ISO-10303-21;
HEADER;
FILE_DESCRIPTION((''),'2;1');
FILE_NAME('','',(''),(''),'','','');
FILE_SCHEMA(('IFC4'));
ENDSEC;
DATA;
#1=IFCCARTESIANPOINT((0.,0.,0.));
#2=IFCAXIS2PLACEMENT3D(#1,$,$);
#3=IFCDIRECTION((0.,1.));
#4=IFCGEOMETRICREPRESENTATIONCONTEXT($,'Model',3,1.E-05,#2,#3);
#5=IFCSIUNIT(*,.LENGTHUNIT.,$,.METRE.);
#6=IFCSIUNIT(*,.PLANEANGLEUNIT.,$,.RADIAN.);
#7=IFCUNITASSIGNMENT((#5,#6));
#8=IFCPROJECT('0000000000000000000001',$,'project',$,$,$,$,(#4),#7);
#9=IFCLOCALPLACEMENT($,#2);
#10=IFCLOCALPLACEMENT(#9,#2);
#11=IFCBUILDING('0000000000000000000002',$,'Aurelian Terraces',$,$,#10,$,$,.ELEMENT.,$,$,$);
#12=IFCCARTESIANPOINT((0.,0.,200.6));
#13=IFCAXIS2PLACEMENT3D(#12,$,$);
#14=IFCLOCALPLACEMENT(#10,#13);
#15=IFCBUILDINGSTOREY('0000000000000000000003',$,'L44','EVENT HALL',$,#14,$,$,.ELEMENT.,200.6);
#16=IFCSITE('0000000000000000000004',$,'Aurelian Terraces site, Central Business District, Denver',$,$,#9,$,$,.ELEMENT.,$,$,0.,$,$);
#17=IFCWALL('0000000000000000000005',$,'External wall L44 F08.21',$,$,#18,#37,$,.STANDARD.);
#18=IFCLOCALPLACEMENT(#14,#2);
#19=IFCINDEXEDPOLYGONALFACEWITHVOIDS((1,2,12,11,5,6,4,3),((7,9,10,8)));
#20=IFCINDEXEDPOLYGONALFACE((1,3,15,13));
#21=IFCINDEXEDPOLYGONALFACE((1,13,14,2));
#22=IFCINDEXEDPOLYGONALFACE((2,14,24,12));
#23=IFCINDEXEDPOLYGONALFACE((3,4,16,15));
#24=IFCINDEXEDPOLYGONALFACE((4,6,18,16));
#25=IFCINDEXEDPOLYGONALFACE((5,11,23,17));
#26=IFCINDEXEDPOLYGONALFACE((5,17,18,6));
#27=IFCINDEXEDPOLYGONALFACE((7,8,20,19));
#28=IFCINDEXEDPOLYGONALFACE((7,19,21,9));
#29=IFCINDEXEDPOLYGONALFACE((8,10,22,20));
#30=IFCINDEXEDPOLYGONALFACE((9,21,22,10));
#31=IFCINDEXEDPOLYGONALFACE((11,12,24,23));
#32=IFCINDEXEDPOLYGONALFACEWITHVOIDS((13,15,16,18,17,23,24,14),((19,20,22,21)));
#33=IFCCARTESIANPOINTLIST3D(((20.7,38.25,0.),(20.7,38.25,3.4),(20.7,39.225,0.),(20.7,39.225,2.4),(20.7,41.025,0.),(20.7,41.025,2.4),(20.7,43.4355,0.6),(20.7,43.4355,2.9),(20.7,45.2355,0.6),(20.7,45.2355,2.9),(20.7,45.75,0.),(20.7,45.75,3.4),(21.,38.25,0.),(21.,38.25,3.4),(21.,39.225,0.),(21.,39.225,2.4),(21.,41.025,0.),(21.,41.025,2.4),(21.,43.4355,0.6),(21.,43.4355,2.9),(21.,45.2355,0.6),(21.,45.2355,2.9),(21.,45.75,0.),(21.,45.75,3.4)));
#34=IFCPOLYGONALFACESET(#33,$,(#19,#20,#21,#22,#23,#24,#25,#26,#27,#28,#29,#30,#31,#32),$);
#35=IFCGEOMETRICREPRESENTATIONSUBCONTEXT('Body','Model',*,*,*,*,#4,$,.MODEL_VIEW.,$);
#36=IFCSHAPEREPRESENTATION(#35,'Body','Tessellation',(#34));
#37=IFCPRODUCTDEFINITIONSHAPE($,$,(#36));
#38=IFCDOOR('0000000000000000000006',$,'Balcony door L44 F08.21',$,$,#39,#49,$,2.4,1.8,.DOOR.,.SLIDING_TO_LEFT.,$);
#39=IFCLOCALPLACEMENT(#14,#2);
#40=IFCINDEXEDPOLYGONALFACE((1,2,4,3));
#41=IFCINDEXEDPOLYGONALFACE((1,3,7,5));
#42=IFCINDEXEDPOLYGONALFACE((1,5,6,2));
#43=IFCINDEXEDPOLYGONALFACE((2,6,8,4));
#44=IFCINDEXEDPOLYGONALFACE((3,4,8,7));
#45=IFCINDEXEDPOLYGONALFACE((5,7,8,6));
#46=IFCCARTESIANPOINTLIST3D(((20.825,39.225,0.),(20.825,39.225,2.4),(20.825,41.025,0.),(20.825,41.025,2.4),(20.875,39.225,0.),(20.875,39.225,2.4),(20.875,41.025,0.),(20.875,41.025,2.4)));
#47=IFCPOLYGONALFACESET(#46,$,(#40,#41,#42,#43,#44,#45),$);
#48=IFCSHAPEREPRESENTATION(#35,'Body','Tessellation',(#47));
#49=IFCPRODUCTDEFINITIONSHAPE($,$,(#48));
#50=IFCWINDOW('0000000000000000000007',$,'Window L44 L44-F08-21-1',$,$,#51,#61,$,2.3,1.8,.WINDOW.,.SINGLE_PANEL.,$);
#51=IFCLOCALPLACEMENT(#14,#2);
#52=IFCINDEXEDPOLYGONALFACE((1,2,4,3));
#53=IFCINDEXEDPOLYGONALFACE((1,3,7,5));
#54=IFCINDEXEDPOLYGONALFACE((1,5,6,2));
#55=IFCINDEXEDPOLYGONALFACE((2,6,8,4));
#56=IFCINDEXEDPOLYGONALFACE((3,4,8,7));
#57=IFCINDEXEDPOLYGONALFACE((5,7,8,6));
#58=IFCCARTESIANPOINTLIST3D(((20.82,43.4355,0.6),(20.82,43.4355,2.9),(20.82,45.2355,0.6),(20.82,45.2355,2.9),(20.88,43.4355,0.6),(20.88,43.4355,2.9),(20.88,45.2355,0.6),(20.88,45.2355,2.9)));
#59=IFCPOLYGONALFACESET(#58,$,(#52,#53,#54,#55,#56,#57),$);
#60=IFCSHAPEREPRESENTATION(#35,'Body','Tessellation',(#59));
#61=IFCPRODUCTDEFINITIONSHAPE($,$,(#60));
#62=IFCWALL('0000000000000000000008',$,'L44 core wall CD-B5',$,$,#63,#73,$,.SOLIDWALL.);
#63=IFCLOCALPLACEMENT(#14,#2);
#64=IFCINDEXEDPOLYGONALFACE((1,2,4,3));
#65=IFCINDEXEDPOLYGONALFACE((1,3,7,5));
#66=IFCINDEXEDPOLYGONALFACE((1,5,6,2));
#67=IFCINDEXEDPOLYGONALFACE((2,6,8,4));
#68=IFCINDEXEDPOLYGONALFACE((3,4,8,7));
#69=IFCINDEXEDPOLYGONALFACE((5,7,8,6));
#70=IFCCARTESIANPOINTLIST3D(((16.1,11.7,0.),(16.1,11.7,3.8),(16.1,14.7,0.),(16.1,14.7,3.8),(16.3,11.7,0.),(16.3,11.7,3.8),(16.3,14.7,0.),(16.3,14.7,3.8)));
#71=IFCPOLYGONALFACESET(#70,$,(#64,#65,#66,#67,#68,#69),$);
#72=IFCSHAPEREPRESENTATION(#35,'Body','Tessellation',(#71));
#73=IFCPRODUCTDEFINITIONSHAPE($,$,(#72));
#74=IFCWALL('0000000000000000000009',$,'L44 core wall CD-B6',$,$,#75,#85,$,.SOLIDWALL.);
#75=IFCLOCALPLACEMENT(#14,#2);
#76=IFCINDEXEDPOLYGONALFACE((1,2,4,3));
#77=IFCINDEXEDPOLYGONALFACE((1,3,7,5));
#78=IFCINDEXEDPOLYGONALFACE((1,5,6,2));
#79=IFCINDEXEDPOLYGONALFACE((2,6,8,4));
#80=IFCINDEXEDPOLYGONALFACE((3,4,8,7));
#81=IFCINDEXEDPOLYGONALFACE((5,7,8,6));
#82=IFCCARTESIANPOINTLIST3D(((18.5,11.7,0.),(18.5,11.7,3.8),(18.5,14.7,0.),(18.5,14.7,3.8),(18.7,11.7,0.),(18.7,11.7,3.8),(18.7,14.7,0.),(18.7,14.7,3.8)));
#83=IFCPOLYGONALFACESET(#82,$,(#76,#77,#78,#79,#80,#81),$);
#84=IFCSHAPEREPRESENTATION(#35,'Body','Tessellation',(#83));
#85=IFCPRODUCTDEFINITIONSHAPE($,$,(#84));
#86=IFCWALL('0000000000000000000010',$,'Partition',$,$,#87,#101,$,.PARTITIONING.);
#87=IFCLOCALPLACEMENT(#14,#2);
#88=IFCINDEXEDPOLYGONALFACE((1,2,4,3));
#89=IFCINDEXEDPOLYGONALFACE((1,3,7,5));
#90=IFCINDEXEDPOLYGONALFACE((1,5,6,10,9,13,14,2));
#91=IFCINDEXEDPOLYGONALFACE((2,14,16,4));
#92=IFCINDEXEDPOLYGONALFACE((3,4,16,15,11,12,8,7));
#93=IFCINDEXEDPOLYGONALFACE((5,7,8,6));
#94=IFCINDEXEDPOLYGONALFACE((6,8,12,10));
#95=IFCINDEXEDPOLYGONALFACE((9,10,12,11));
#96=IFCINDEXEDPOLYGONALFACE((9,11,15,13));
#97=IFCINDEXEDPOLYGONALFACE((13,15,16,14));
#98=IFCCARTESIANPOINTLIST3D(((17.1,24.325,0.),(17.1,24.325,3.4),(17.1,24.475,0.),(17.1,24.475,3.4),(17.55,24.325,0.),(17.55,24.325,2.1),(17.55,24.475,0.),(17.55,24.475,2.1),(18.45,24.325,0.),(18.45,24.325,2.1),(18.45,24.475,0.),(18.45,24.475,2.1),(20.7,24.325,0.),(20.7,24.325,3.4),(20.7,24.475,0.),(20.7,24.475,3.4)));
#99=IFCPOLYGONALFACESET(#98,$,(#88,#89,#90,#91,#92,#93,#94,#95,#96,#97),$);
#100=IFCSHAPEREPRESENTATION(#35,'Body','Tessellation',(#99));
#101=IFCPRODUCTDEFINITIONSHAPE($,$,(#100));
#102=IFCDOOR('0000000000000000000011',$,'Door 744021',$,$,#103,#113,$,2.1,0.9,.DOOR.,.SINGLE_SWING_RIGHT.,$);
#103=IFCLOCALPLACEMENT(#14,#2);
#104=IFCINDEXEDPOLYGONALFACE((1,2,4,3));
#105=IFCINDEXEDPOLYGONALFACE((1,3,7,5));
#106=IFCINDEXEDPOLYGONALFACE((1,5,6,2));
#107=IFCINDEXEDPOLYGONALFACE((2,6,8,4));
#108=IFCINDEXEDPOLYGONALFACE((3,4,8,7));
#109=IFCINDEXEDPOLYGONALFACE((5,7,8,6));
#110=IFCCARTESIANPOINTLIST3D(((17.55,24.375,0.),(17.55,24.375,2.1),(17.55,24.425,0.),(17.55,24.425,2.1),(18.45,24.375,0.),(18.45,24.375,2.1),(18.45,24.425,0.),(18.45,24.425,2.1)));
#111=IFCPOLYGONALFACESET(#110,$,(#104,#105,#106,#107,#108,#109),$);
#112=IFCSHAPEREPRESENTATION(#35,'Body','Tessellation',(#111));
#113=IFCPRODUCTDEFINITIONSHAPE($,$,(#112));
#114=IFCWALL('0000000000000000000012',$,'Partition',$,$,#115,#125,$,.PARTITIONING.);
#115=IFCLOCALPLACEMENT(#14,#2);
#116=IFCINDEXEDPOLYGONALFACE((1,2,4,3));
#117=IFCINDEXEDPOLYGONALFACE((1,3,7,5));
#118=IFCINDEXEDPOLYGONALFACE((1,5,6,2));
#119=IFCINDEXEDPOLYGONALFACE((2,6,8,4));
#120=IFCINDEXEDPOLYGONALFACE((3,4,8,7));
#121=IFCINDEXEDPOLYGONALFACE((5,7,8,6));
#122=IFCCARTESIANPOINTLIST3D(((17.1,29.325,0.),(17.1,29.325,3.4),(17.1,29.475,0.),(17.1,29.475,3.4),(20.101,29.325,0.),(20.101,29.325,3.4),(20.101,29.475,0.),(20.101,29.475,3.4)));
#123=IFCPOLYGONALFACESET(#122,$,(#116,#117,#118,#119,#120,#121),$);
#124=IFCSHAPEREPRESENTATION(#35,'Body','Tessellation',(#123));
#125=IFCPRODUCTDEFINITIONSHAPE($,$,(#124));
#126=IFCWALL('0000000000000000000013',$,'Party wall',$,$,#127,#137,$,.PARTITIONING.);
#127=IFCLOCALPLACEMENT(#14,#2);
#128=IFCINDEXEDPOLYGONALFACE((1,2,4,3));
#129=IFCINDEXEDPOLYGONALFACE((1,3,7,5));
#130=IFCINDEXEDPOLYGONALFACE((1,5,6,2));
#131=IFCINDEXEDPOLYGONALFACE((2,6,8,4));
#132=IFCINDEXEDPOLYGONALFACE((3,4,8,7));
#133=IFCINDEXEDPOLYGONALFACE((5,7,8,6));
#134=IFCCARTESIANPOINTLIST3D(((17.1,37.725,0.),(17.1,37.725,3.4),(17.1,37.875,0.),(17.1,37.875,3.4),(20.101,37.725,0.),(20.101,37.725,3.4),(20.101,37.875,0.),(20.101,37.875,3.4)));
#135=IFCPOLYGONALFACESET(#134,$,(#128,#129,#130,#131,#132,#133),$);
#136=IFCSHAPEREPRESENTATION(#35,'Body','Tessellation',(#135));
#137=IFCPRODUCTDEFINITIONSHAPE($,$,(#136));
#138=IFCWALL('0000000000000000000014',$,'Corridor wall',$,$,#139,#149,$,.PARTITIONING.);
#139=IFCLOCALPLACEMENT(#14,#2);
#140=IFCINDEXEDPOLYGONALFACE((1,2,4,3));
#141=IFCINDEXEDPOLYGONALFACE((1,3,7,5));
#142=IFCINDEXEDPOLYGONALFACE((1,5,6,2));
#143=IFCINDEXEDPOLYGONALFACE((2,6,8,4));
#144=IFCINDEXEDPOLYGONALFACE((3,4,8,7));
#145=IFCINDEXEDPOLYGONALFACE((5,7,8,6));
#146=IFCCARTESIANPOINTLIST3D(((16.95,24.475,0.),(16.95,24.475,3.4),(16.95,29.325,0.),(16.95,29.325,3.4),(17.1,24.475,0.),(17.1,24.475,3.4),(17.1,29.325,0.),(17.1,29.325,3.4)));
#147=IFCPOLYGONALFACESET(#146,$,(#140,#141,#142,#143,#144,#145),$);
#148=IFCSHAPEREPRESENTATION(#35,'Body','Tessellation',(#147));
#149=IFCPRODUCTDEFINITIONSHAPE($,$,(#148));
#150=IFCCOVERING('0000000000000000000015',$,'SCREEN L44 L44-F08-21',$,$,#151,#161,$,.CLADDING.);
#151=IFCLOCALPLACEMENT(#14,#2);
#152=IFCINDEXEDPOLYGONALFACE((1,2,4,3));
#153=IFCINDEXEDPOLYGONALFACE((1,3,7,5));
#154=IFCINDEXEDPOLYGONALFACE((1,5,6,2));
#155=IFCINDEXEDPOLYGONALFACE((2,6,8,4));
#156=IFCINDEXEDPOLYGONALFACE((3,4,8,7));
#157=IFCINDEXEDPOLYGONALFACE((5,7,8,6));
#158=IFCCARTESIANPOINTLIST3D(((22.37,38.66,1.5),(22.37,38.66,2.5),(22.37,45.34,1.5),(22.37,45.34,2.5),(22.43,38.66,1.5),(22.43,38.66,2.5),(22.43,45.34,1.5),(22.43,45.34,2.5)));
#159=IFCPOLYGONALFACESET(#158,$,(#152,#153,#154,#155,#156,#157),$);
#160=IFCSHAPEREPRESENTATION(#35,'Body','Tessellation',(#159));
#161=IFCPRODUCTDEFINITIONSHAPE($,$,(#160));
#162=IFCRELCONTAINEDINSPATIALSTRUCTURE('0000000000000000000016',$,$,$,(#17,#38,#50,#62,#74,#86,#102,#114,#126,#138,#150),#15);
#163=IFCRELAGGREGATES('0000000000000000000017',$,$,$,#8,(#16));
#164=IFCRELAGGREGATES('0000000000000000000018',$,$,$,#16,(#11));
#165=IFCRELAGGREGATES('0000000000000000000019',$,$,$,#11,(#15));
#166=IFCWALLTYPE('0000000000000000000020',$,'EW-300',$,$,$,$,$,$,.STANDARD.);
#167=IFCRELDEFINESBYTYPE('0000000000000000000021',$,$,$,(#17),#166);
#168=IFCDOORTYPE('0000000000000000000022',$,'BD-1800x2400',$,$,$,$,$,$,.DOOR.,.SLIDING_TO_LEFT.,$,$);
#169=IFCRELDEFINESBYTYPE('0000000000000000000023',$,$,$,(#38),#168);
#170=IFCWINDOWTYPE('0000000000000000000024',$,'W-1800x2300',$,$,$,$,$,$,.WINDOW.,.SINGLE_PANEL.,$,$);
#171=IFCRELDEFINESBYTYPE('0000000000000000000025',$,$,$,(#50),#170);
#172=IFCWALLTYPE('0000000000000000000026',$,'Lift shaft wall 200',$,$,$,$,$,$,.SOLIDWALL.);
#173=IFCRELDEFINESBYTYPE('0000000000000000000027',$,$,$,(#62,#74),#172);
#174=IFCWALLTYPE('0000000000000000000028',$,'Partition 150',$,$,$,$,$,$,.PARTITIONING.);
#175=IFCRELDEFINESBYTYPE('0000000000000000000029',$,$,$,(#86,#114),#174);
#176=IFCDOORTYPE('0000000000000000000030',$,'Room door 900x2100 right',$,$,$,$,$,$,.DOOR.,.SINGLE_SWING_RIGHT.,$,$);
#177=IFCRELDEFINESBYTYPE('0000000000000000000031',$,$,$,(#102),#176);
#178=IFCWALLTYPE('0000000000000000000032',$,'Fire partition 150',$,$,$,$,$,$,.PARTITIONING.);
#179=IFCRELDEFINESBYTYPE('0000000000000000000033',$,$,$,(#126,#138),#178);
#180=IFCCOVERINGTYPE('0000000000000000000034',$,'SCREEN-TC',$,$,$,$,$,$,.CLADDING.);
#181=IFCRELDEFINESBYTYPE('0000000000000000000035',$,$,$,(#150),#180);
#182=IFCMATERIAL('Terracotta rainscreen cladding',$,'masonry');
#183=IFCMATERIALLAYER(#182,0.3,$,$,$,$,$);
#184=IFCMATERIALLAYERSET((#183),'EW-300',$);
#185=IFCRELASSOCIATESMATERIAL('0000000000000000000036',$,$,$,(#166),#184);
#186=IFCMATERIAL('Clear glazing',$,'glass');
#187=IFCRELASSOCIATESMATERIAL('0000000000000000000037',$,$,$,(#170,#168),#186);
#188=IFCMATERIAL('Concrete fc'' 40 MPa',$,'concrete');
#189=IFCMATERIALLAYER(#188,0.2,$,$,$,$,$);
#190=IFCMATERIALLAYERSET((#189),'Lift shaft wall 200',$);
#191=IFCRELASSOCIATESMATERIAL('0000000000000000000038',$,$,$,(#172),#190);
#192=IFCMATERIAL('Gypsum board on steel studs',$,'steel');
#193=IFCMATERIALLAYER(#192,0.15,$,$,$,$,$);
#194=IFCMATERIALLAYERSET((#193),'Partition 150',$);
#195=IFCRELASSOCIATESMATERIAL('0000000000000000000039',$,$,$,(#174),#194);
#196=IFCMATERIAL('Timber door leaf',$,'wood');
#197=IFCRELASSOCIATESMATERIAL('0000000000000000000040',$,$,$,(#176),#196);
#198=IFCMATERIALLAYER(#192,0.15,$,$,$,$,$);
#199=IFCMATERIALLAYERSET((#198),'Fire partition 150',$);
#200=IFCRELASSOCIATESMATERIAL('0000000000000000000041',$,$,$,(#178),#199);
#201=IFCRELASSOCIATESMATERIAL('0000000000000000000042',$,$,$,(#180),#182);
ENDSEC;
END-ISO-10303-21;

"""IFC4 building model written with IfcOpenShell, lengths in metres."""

from ifc_helpers import new_model, si_unit, direction, frame, frame_2d, origin, origin_2d, place, context, subcontext, project, spatial, rectangle, extrude, source, transform, mapped, material, layer, layer_set, type_object, element, fill, save


model = new_model("IFC4")

# Units and contexts
model_context = context("Model", 3, precision=1e-05, world=origin(), true_north=direction((0.0, 1.0)))
body_context = subcontext(model_context, "Body", "Model", "MODEL_VIEW")
ifc_project = project(units=[si_unit("LENGTHUNIT", "METRE"), si_unit("PLANEANGLEUNIT", "RADIAN")], contexts=[model_context])

# Site, building, storey
site_placement = place(None, origin())
site = spatial("IfcSite", under=ifc_project, at=site_placement, Name="Aurelian Terraces site, Central Business District, Denver", CompositionType="ELEMENT", RefElevation=0.0)
building_placement = place(site_placement, origin())
building = spatial("IfcBuilding", under=site, at=building_placement, Name="Aurelian Terraces", CompositionType="ELEMENT")
storey_placement = place(building_placement, frame((0.0, 0.0, 200.6)))
storey = spatial("IfcBuildingStorey", under=building, at=storey_placement, Name="L44", Description="EVENT HALL", CompositionType="ELEMENT", Elevation=200.6)

# Shared definitions
ifc_material_1 = material(Name="Terracotta rainscreen cladding", Category="masonry")
ifc_layer_1 = layer(ifc_material_1, 0.3)
ifc_layer_set_1 = layer_set([ifc_layer_1], Name="EW-300")
wall_type_1 = type_object("IfcWallType", Name="EW-300", PredefinedType="STANDARD", material=ifc_layer_set_1)
shared_shape_1 = source(origin(), body_context, "Body", "SweptSolid", [
    extrude(rectangle(XDim=1.8, YDim=2.3, at=frame_2d((0.9, 1.15))), frame((0.0, 0.16, 0.0), z_axis=(0.0, -1.0, 0.0), x_axis=(1.0, 0.0, 0.0)), (0.0, 0.0, 1.0), 0.32),
])
ifc_material_2 = material(Name="Clear glazing", Category="glass")
window_type_1 = type_object("IfcWindowType", Name="W-1800x2300", PartitioningType="SINGLE_PANEL", PredefinedType="WINDOW", material=ifc_material_2)
shared_shape_2 = source(origin(), body_context, "Body", "SweptSolid", [
    extrude(rectangle(XDim=1.8, YDim=2.3, at=frame_2d((0.9, 1.15))), frame((0.0, 0.03, 0.0), z_axis=(0.0, -1.0, 0.0), x_axis=(1.0, 0.0, 0.0)), (0.0, 0.0, 1.0), 0.06),
])
shared_shape_3 = source(origin(), body_context, "Body", "SweptSolid", [
    extrude(rectangle(XDim=7.5, YDim=0.3, at=frame_2d((3.75, 0.0))), origin(), (0.0, 0.0, 1.0), 3.4),
])

# Wall, openings, door, window
wall_1_placement = place(storey_placement, frame((20.85, 38.25, 0.0), z_axis=(0.0, 0.0, 1.0), x_axis=(0.0, 1.0, 0.0)))
wall_1 = element("IfcWall", 1, at=wall_1_placement, inside=storey, type_object=wall_type_1, Name="External wall L44 F08.21", PredefinedType="STANDARD", context=body_context, shape_type="MappedRepresentation", body=[
    mapped(shared_shape_3, transform((0.0, 0.0, 0.0), scale=1.0)),
])
shared_shape_4 = source(origin(), body_context, "Body", "SweptSolid", [
    extrude(rectangle(XDim=1.8, YDim=2.4, at=frame_2d((0.9, 1.2))), frame((0.0, 0.16, 0.0), z_axis=(0.0, -1.0, 0.0), x_axis=(1.0, 0.0, 0.0)), (0.0, 0.0, 1.0), 0.32),
])
opening_1_placement = place(wall_1_placement, frame((0.975, 0.0, 0.0)))
opening_1 = element("IfcOpeningElement", 2, at=opening_1_placement, cuts=wall_1, PredefinedType="OPENING", context=body_context, shape_type="MappedRepresentation", body=[
    mapped(shared_shape_4, transform((0.0, 0.0, 0.0), scale=1.0)),
])
opening_2_placement = place(wall_1_placement, frame((5.1855, 0.0, 0.6)))
opening_2 = element("IfcOpeningElement", 3, at=opening_2_placement, cuts=wall_1, PredefinedType="OPENING", context=body_context, shape_type="MappedRepresentation", body=[
    mapped(shared_shape_1, transform((0.0, 0.0, 0.0), scale=1.0)),
])
door_type_1 = type_object("IfcDoorType", Name="BD-1800x2400", OperationType="SLIDING_TO_LEFT", PredefinedType="DOOR", material=ifc_material_2)
shared_shape_5 = source(origin(), body_context, "Body", "SweptSolid", [
    extrude(rectangle(XDim=1.8, YDim=2.4, at=frame_2d((0.9, 1.2))), frame((0.0, 0.025, 0.0), z_axis=(0.0, -1.0, 0.0), x_axis=(1.0, 0.0, 0.0)), (0.0, 0.0, 1.0), 0.05),
])
door_1_placement = place(opening_1_placement, origin())
door_1 = element("IfcDoor", 4, at=door_1_placement, inside=storey, type_object=door_type_1, Name="Balcony door L44 F08.21", OperationType="SLIDING_TO_LEFT", OverallHeight=2.4, OverallWidth=1.8, PredefinedType="DOOR", context=body_context, shape_type="MappedRepresentation", body=[
    mapped(shared_shape_5, transform((0.0, 0.0, 0.0), scale=1.0)),
])
fill(opening_1, door_1)
window_1_placement = place(opening_2_placement, origin())
window_1 = element("IfcWindow", 5, at=window_1_placement, inside=storey, type_object=window_type_1, Name="Window L44 L44-F08-21-1", OverallHeight=2.3, OverallWidth=1.8, PartitioningType="SINGLE_PANEL", PredefinedType="WINDOW", context=body_context, shape_type="MappedRepresentation", body=[
    mapped(shared_shape_2, transform((0.0, 0.0, 0.0), scale=1.0)),
])
fill(opening_2, window_1)

# Walls
ifc_material_3 = material(Name="Concrete fc' 40 MPa", Category="concrete")
ifc_layer_2 = layer(ifc_material_3, 0.2)
ifc_layer_set_2 = layer_set([ifc_layer_2], Name="Lift shaft wall 200")
wall_type_2 = type_object("IfcWallType", Name="Lift shaft wall 200", PredefinedType="SOLIDWALL", material=ifc_layer_set_2)
shared_shape_6 = source(origin(), body_context, "Body", "SweptSolid", [
    extrude(rectangle(XDim=3.0, YDim=0.2, at=frame_2d((1.5, 0.0))), origin(), (0.0, 0.0, 1.0), 3.8),
])
for number, where, z_axis, x_axis, name in (
    (6, (16.2, 11.7, 0.0), (0.0, 0.0, 1.0), (0.0, 1.0, 0.0), "L44 core wall CD-B5"),
    (7, (18.6, 11.7, 0.0), (0.0, 0.0, 1.0), (0.0, 1.0, 0.0), "L44 core wall CD-B6"),
):
    element("IfcWall", number, at=place(storey_placement, frame(where, z_axis=z_axis, x_axis=x_axis)), inside=storey, type_object=wall_type_2, Name=name, PredefinedType="SOLIDWALL", context=body_context, shape_type="MappedRepresentation", body=[
        mapped(shared_shape_6, transform((0.0, 0.0, 0.0), scale=1.0)),
    ])

# Wall, opening, door
ifc_material_4 = material(Name="Gypsum board on steel studs", Category="steel")
ifc_layer_3 = layer(ifc_material_4, 0.15)
ifc_layer_set_3 = layer_set([ifc_layer_3], Name="Partition 150")
wall_type_3 = type_object("IfcWallType", Name="Partition 150", PredefinedType="PARTITIONING", material=ifc_layer_set_3)
shared_shape_7 = source(origin(), body_context, "Body", "SweptSolid", [
    extrude(rectangle(XDim=3.6, YDim=0.15, at=frame_2d((1.8, 0.0))), origin(), (0.0, 0.0, 1.0), 3.4),
])
wall_2_placement = place(storey_placement, frame((17.1, 24.4, 0.0), z_axis=(0.0, 0.0, 1.0), x_axis=(1.0, 0.0, 0.0)))
wall_2 = element("IfcWall", 8, at=wall_2_placement, inside=storey, type_object=wall_type_3, Name="Partition", PredefinedType="PARTITIONING", context=body_context, shape_type="MappedRepresentation", body=[
    mapped(shared_shape_7, transform((0.0, 0.0, 0.0), scale=1.0)),
])
shared_shape_8 = source(origin(), body_context, "Body", "SweptSolid", [
    extrude(rectangle(XDim=0.9, YDim=2.1, at=frame_2d((0.45, 1.05))), frame((0.0, 0.085, 0.0), z_axis=(0.0, -1.0, 0.0), x_axis=(1.0, 0.0, 0.0)), (0.0, 0.0, 1.0), 0.17),
])
opening_3_placement = place(wall_2_placement, frame((0.45, 0.0, 0.0)))
opening_3 = element("IfcOpeningElement", 9, at=opening_3_placement, cuts=wall_2, PredefinedType="OPENING", context=body_context, shape_type="MappedRepresentation", body=[
    mapped(shared_shape_8, transform((0.0, 0.0, 0.0), scale=1.0)),
])
ifc_material_5 = material(Name="Timber door leaf", Category="wood")
door_type_2 = type_object("IfcDoorType", Name="Room door 900x2100 right", OperationType="SINGLE_SWING_RIGHT", PredefinedType="DOOR", material=ifc_material_5)
shared_shape_9 = source(origin(), body_context, "Body", "SweptSolid", [
    extrude(rectangle(XDim=0.9, YDim=2.1, at=frame_2d((0.45, 1.05))), frame((0.0, 0.025, 0.0), z_axis=(0.0, -1.0, 0.0), x_axis=(1.0, 0.0, 0.0)), (0.0, 0.0, 1.0), 0.05),
])
door_2_placement = place(opening_3_placement, origin())
door_2 = element("IfcDoor", 10, at=door_2_placement, inside=storey, type_object=door_type_2, Name="Door 744021", OperationType="SINGLE_SWING_RIGHT", OverallHeight=2.1, OverallWidth=0.9, PredefinedType="DOOR", context=body_context, shape_type="MappedRepresentation", body=[
    mapped(shared_shape_9, transform((0.0, 0.0, 0.0), scale=1.0)),
])
fill(opening_3, door_2)

# Walls
shared_shape_10 = source(origin(), body_context, "Body", "SweptSolid", [
    extrude(rectangle(XDim=3.001, YDim=0.15, at=frame_2d((1.5005, 0.0))), origin(), (0.0, 0.0, 1.0), 3.4),
])
wall_3_placement = place(storey_placement, frame((20.101, 29.4, 0.0), z_axis=(0.0, 0.0, 1.0), x_axis=(-1.0, 0.0, 0.0)))
element("IfcWall", 11, at=wall_3_placement, inside=storey, type_object=wall_type_3, Name="Partition", PredefinedType="PARTITIONING", context=body_context, shape_type="MappedRepresentation", body=[
    mapped(shared_shape_10, transform((0.0, 0.0, 0.0), scale=1.0)),
])
ifc_layer_4 = layer(ifc_material_4, 0.15)
ifc_layer_set_4 = layer_set([ifc_layer_4], Name="Fire partition 150")
wall_type_4 = type_object("IfcWallType", Name="Fire partition 150", PredefinedType="PARTITIONING", material=ifc_layer_set_4)
wall_4_placement = place(storey_placement, frame((20.101, 37.8, 0.0), z_axis=(0.0, 0.0, 1.0), x_axis=(-1.0, 0.0, 0.0)))
element("IfcWall", 12, at=wall_4_placement, inside=storey, type_object=wall_type_4, Name="Party wall", PredefinedType="PARTITIONING", context=body_context, shape_type="MappedRepresentation", body=[
    mapped(shared_shape_10, transform((0.0, 0.0, 0.0), scale=1.0)),
])
shared_shape_11 = source(origin(), body_context, "Body", "SweptSolid", [
    extrude(rectangle(XDim=4.85, YDim=0.15, at=frame_2d((2.425, 0.0))), origin(), (0.0, 0.0, 1.0), 3.4),
])
wall_5_placement = place(storey_placement, frame((17.025, 29.325, 0.0), z_axis=(0.0, 0.0, 1.0), x_axis=(0.0, -1.0, 0.0)))
element("IfcWall", 13, at=wall_5_placement, inside=storey, type_object=wall_type_4, Name="Corridor wall", PredefinedType="PARTITIONING", context=body_context, shape_type="MappedRepresentation", body=[
    mapped(shared_shape_11, transform((0.0, 0.0, 0.0), scale=1.0)),
])

# Covering
covering_type_1 = type_object("IfcCoveringType", Name="SCREEN-TC", PredefinedType="CLADDING", material=ifc_material_1)
covering_1_placement = place(storey_placement, frame((22.4, 42.0, 1.5), z_axis=(0.0, 0.0, 1.0), x_axis=(1.0, 0.0, 0.0)))
element("IfcCovering", 14, at=covering_1_placement, inside=storey, type_object=covering_type_1, Name="SCREEN L44 L44-F08-21", PredefinedType="CLADDING", context=body_context, shape_type="SweptSolid", body=[
    extrude(rectangle(XDim=0.06, YDim=6.68, at=origin_2d()), origin(), (0.0, 0.0, 1.0), 1.0),
])

save(model, "model.ifc")
